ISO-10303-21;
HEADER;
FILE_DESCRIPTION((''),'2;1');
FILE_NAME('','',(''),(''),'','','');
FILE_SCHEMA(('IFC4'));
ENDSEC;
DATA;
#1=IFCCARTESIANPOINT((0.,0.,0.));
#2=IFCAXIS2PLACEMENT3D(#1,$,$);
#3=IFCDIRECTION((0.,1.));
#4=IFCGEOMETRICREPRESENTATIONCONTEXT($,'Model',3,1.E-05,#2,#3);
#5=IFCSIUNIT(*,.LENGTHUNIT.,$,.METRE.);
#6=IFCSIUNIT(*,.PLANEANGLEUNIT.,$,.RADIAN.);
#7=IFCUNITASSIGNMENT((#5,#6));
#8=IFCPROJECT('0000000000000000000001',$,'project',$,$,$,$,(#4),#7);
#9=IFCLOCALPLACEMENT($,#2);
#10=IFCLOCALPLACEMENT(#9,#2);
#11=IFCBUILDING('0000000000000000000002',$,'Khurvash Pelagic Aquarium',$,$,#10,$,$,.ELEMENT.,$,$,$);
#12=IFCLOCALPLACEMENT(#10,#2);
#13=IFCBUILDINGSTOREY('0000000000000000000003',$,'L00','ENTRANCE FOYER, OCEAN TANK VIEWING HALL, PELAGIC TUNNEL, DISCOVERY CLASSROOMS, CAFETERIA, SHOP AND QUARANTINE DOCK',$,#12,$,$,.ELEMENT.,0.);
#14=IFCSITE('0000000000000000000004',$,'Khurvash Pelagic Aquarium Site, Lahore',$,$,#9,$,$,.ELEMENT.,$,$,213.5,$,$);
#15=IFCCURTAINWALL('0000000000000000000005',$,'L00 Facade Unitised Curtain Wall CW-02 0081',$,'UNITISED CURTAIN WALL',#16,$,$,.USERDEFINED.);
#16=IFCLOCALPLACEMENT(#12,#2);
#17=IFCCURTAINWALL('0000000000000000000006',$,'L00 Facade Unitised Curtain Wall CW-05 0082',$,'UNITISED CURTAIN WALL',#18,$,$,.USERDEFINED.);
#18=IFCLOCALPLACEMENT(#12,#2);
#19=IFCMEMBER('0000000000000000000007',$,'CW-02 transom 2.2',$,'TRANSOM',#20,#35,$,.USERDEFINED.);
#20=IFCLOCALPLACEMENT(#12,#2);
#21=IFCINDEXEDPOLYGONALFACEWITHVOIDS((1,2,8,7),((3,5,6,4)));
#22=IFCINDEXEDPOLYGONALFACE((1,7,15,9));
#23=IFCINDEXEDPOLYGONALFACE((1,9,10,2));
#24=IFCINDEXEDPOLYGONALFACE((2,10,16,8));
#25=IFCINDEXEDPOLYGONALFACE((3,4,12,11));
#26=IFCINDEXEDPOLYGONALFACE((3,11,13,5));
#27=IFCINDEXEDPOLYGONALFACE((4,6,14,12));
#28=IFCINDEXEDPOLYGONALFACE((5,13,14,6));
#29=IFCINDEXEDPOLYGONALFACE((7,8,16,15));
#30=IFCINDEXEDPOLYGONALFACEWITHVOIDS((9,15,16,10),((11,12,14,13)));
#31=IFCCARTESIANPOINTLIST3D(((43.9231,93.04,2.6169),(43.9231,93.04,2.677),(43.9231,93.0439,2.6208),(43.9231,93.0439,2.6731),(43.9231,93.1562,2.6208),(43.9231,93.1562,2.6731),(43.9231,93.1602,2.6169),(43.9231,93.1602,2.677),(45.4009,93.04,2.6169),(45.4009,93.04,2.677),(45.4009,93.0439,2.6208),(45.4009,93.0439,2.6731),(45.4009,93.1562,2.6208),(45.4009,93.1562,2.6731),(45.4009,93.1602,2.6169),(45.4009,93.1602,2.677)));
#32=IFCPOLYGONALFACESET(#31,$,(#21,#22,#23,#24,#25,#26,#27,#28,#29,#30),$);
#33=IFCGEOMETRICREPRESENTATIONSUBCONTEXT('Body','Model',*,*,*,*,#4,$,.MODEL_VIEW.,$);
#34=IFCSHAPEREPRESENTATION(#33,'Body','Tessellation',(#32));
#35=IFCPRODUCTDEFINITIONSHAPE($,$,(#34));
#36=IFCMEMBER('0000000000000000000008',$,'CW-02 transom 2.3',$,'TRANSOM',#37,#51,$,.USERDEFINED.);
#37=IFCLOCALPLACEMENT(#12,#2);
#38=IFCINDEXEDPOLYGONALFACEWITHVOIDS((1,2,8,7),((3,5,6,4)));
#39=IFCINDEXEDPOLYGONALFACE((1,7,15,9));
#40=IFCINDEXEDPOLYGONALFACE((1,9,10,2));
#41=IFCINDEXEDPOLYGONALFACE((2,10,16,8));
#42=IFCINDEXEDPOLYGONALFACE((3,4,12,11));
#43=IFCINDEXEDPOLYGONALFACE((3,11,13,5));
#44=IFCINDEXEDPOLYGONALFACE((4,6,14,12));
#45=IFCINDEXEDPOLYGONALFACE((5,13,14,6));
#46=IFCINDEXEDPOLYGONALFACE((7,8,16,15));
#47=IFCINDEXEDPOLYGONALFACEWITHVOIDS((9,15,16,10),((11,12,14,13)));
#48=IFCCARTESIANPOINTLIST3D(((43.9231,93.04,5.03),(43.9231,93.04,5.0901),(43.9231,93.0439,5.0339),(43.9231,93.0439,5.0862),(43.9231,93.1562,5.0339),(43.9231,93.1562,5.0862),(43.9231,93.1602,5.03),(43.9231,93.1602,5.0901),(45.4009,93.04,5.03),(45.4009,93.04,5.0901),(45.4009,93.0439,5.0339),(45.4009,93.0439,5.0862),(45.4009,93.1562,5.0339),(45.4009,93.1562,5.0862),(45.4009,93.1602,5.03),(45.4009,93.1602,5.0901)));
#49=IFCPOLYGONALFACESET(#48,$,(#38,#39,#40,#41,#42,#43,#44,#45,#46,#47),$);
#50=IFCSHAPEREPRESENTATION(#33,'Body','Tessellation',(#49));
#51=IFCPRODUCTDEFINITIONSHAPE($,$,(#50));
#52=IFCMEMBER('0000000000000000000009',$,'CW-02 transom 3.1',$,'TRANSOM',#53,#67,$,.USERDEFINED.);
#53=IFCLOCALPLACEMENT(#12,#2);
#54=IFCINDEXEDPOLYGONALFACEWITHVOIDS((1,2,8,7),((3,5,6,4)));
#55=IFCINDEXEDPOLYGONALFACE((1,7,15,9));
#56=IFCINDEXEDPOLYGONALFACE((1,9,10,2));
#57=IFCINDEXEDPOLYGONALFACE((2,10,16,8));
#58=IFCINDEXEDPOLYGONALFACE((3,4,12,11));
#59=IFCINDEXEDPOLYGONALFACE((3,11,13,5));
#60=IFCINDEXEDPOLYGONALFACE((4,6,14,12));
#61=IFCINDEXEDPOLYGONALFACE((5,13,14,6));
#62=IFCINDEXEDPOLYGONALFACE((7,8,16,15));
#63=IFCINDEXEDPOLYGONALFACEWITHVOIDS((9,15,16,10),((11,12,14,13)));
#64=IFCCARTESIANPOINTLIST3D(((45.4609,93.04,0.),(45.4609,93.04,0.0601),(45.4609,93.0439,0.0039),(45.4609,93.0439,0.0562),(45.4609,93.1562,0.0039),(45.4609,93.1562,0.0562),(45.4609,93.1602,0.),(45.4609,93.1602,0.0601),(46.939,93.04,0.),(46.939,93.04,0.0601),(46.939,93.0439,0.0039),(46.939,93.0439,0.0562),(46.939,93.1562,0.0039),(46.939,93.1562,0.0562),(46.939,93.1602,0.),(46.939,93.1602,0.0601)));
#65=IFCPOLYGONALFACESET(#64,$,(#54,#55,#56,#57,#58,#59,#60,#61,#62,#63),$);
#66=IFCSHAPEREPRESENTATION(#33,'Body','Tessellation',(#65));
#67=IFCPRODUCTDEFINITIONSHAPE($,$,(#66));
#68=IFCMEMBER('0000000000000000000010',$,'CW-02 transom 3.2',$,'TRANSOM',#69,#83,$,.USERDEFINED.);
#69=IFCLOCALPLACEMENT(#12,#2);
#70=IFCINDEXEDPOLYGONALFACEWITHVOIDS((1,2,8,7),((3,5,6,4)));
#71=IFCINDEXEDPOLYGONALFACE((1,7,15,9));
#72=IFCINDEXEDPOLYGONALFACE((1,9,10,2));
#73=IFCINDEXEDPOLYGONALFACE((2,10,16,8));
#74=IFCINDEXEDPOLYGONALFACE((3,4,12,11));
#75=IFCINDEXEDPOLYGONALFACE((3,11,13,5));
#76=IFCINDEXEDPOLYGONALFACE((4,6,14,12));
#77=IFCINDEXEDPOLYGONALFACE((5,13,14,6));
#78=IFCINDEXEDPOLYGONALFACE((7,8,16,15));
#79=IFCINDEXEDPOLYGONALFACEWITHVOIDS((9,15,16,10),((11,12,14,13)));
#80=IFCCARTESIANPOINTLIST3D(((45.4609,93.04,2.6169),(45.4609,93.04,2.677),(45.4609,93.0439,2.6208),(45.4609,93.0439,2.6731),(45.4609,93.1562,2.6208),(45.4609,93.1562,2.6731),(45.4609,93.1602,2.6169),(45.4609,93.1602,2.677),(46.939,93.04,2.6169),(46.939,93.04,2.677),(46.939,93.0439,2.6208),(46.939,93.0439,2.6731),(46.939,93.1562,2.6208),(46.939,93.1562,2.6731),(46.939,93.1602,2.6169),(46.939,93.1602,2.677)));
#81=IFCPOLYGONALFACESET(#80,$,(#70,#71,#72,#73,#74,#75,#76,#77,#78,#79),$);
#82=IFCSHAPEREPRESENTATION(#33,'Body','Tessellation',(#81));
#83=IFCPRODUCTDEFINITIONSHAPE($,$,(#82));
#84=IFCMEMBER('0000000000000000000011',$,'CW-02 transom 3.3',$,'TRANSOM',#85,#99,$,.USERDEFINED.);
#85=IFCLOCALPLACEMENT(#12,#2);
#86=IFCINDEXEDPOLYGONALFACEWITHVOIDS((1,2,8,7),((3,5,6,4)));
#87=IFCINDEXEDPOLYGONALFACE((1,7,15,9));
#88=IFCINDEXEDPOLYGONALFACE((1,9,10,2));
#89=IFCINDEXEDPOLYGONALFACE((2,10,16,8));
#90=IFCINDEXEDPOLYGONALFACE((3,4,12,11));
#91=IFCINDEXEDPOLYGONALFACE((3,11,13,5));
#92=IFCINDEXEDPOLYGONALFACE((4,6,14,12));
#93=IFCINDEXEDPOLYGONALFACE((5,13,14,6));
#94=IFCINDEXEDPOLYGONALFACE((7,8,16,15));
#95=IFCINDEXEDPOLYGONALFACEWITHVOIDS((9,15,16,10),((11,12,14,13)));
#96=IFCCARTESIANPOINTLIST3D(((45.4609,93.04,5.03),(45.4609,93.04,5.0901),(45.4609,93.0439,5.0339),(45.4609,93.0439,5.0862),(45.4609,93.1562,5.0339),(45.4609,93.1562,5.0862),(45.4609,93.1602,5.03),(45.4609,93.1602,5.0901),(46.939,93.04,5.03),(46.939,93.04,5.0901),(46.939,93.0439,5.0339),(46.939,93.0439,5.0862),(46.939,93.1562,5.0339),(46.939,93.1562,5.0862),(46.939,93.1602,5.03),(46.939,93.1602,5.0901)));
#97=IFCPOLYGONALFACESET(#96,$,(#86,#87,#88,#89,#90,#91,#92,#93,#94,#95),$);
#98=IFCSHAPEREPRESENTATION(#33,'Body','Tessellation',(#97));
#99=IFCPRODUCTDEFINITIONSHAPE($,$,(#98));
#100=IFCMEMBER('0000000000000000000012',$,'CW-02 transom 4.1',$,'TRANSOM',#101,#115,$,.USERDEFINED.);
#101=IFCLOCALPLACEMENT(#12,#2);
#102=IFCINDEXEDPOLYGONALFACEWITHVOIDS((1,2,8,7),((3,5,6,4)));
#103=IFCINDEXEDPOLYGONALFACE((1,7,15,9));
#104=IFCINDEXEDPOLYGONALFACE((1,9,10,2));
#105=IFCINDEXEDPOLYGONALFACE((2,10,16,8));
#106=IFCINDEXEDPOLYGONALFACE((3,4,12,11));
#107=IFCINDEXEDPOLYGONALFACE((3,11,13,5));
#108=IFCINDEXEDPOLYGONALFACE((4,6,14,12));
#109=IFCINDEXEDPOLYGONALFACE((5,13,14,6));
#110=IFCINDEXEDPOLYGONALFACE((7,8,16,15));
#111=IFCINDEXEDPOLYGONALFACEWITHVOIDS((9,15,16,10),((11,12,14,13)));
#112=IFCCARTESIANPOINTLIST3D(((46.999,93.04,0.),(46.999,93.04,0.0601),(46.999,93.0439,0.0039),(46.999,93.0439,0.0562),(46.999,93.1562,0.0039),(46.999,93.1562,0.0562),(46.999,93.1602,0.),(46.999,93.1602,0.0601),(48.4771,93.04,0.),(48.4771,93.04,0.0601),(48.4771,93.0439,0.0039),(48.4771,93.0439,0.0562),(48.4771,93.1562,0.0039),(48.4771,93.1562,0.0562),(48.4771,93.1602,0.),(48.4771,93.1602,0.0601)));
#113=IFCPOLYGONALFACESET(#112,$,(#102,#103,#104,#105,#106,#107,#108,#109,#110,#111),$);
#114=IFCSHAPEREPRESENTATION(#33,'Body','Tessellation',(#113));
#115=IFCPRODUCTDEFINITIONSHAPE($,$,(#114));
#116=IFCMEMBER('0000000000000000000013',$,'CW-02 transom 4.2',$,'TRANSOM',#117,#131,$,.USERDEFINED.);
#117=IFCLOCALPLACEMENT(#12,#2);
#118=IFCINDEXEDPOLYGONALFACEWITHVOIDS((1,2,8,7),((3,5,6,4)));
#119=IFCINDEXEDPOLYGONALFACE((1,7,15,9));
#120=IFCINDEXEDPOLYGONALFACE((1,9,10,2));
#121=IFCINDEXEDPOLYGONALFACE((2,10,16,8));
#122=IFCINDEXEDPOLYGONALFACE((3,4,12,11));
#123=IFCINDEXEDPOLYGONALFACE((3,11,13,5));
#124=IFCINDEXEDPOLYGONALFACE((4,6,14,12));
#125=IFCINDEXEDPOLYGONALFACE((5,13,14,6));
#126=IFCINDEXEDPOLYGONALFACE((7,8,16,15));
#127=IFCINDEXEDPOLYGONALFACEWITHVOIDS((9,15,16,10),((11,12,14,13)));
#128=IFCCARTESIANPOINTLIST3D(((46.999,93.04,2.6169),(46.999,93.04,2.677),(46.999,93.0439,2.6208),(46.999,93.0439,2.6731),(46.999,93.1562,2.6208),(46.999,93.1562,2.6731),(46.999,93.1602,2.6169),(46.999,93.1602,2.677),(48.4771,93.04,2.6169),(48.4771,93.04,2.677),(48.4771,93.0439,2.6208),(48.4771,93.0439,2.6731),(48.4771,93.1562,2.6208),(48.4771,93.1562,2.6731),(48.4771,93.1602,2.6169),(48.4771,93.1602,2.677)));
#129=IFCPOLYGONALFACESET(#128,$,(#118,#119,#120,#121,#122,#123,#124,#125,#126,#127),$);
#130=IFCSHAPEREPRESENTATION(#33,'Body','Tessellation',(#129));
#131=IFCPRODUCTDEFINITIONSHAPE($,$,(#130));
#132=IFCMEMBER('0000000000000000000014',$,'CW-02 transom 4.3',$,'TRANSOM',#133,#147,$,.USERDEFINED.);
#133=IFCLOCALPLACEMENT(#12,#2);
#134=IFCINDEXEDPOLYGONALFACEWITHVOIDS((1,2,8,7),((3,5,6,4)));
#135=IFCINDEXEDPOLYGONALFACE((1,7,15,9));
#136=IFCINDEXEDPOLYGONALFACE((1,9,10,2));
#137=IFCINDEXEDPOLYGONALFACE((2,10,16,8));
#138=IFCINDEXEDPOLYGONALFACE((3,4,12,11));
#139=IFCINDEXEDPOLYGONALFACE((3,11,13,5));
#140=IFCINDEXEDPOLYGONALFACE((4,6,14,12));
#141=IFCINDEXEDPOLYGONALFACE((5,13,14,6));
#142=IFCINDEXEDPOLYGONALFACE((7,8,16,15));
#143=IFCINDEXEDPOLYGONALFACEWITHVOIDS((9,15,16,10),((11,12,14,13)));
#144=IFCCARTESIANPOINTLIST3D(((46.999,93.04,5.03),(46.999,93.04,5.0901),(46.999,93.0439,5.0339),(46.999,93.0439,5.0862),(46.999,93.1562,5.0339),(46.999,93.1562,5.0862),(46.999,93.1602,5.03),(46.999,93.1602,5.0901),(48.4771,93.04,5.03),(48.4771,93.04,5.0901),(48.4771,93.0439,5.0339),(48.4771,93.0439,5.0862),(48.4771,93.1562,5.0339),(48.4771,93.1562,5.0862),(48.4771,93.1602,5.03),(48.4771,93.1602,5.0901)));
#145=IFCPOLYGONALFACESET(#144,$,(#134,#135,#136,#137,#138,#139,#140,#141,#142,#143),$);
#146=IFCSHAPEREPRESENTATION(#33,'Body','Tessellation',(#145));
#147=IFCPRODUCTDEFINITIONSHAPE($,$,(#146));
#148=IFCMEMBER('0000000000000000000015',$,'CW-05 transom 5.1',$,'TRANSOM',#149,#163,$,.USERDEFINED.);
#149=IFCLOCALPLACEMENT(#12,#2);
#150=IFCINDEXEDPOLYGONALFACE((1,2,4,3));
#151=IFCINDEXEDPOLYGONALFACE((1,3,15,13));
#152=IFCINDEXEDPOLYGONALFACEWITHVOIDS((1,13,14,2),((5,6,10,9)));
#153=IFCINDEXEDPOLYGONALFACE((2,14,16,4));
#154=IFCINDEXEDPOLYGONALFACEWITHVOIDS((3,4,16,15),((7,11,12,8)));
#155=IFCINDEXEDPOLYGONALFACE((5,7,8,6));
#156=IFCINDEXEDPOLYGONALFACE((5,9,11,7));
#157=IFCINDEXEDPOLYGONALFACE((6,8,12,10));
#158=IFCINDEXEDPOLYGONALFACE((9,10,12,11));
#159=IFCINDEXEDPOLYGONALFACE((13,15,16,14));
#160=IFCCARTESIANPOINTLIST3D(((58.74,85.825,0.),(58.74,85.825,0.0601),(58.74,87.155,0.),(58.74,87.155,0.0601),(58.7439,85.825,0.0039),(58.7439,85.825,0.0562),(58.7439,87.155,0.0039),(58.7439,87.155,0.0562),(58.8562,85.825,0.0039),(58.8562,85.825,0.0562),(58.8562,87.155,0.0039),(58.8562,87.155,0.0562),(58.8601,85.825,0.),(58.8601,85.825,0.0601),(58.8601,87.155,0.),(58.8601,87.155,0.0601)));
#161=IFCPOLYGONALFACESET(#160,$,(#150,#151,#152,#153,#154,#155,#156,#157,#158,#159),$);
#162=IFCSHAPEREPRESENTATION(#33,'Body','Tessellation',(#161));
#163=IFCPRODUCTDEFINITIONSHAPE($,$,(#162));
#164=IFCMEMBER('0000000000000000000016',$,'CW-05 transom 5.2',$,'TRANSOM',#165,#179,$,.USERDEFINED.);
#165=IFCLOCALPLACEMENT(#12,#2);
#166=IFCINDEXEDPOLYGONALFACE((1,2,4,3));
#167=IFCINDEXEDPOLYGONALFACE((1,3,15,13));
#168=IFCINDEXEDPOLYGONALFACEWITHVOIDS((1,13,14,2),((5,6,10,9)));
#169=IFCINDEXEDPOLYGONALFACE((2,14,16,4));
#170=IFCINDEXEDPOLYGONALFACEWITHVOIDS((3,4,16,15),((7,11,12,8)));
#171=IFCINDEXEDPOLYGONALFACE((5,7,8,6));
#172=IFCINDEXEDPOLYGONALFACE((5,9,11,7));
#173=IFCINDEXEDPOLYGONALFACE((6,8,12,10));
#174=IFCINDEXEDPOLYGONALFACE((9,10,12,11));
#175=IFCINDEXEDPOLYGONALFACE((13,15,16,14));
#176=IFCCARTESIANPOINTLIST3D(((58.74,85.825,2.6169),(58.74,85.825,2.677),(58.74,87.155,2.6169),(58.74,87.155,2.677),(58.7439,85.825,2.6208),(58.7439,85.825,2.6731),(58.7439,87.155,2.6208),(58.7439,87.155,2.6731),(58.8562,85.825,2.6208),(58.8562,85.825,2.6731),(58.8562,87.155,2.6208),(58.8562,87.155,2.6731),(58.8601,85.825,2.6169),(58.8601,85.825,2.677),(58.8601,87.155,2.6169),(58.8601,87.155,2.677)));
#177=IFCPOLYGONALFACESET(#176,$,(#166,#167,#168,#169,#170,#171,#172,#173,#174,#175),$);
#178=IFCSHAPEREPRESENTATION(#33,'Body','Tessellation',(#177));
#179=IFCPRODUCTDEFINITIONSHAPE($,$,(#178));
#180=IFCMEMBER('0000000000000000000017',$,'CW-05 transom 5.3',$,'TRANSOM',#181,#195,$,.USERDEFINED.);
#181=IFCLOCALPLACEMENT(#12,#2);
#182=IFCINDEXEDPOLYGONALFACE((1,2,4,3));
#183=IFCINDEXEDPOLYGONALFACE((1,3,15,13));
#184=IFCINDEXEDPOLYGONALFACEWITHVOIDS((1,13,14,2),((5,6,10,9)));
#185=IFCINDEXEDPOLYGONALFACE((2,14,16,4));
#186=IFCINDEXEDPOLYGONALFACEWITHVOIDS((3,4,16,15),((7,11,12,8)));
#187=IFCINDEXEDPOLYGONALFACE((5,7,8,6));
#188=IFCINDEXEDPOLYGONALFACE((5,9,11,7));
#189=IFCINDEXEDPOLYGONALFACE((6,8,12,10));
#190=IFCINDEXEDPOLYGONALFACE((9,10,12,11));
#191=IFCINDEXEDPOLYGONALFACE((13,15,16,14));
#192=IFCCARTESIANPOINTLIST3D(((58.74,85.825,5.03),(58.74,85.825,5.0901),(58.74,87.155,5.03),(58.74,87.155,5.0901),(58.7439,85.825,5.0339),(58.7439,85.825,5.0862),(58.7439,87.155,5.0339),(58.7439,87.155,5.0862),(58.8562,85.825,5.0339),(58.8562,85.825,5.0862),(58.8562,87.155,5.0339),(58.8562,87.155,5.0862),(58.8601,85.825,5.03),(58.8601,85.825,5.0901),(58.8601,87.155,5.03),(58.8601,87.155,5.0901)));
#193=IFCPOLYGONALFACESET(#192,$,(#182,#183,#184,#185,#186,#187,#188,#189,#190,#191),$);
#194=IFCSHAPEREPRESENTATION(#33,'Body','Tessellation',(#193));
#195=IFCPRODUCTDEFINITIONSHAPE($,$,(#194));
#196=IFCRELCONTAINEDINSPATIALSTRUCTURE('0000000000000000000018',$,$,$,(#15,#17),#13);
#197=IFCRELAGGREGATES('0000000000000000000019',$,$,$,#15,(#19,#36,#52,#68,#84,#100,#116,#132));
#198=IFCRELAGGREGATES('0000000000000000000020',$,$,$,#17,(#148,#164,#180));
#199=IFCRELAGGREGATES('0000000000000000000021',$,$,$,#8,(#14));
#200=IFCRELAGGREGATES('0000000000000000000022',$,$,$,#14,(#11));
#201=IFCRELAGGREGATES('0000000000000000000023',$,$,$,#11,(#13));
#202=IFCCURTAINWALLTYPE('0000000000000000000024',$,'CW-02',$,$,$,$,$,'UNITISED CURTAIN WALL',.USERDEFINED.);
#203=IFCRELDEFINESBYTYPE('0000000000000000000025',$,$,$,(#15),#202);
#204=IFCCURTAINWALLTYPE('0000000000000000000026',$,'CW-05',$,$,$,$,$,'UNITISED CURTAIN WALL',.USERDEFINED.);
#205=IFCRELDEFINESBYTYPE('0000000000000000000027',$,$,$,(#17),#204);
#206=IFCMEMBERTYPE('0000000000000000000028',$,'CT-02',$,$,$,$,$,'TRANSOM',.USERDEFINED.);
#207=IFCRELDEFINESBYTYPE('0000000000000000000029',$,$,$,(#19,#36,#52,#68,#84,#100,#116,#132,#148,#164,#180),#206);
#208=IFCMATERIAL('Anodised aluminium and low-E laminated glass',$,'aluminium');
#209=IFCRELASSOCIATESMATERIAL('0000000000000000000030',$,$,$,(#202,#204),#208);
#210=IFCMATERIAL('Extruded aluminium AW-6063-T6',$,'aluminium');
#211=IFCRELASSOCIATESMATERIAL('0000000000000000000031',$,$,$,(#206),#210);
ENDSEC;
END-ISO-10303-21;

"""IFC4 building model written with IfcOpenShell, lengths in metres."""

from ifc_helpers import new_model, si_unit, direction, frame, origin, origin_2d, place, context, subcontext, project, spatial, hollow_rectangle, extrude, material, material_profile, profile_set, type_object, element, aggregate, save


model = new_model("IFC4")

# Units and contexts
model_context = context("Model", 3, precision=1e-05, world=origin(), true_north=direction((0.0, 1.0)))
body_context = subcontext(model_context, "Body", "Model", "MODEL_VIEW")
ifc_project = project(units=[si_unit("LENGTHUNIT", "METRE"), si_unit("PLANEANGLEUNIT", "RADIAN")], contexts=[model_context])

# Site, building, storey
site_placement = place(None, origin())
site = spatial("IfcSite", under=ifc_project, at=site_placement, Name="Khurvash Pelagic Aquarium Site, Lahore", CompositionType="ELEMENT", RefElevation=213.5)
building_placement = place(site_placement, origin())
building = spatial("IfcBuilding", under=site, at=building_placement, Name="Khurvash Pelagic Aquarium", CompositionType="ELEMENT")
storey_placement = place(building_placement, origin())
storey = spatial("IfcBuildingStorey", under=building, at=storey_placement, Name="L00", Description="ENTRANCE FOYER, OCEAN TANK VIEWING HALL, PELAGIC TUNNEL, DISCOVERY CLASSROOMS, CAFETERIA, SHOP AND QUARANTINE DOCK", CompositionType="ELEMENT", Elevation=0.0)

# Curtain walls
ifc_material_1 = material(Name="Anodised aluminium and low-E laminated glass", Category="aluminium")
curtain_wall_type_1 = type_object("IfcCurtainWallType", Name="CW-02", ElementType="UNITISED CURTAIN WALL", PredefinedType="USERDEFINED", material=ifc_material_1)
curtain_wall_1_placement = place(storey_placement, origin())
curtain_wall_1 = element("IfcCurtainWall", 1, at=curtain_wall_1_placement, inside=storey, type_object=curtain_wall_type_1, Name="L00 Facade Unitised Curtain Wall CW-02 0081", ObjectType="UNITISED CURTAIN WALL", PredefinedType="USERDEFINED")
ifc_material_2 = material(Name="Extruded aluminium AW-6063-T6", Category="aluminium")
curtain_wall_type_2 = type_object("IfcCurtainWallType", Name="CW-05", ElementType="UNITISED CURTAIN WALL", PredefinedType="USERDEFINED", material=ifc_material_1)
curtain_wall_2_placement = place(storey_placement, origin())
curtain_wall_2 = element("IfcCurtainWall", 2, at=curtain_wall_2_placement, inside=storey, type_object=curtain_wall_type_2, Name="L00 Facade Unitised Curtain Wall CW-05 0082", ObjectType="UNITISED CURTAIN WALL", PredefinedType="USERDEFINED")

# Members
ifc_material_profile_1 = material_profile(ifc_material_2, hollow_rectangle(XDim=0.1201, YDim=0.0601, WallThickness=0.0039, at=origin_2d()), Name="CWT120X60X4")
ifc_profile_set_1 = profile_set([ifc_material_profile_1], Name="Extruded aluminium AW-6063-T6")
member_type_1 = type_object("IfcMemberType", Name="CT-02", ElementType="TRANSOM", PredefinedType="USERDEFINED", material=ifc_profile_set_1)
member_1_placement = place(storey_placement, frame((43.9231, 93.1001, 2.647), z_axis=(1.0, 0.0, 0.0), x_axis=(0.0, 1.0, 0.0)))
member_1 = element("IfcMember", 3, at=member_1_placement, type_object=member_type_1, Name="CW-02 transom 2.2", ObjectType="TRANSOM", PredefinedType="USERDEFINED", context=body_context, shape_type="SweptSolid", body=[
    extrude(hollow_rectangle(XDim=0.1201, YDim=0.0601, WallThickness=0.0039, at=origin_2d()), origin(), (0.0, 0.0, 1.0), 1.4778),
])
member_2_placement = place(storey_placement, frame((43.9231, 93.1001, 5.0601), z_axis=(1.0, 0.0, 0.0), x_axis=(0.0, 1.0, 0.0)))
member_2 = element("IfcMember", 4, at=member_2_placement, type_object=member_type_1, Name="CW-02 transom 2.3", ObjectType="TRANSOM", PredefinedType="USERDEFINED", context=body_context, shape_type="SweptSolid", body=[
    extrude(hollow_rectangle(XDim=0.1201, YDim=0.0601, WallThickness=0.0039, at=origin_2d()), origin(), (0.0, 0.0, 1.0), 1.4778),
])
member_3_placement = place(storey_placement, frame((45.4609, 93.1001, 0.03), z_axis=(1.0, 0.0, 0.0), x_axis=(0.0, 1.0, 0.0)))
member_3 = element("IfcMember", 5, at=member_3_placement, type_object=member_type_1, Name="CW-02 transom 3.1", ObjectType="TRANSOM", PredefinedType="USERDEFINED", context=body_context, shape_type="SweptSolid", body=[
    extrude(hollow_rectangle(XDim=0.1201, YDim=0.0601, WallThickness=0.0039, at=origin_2d()), origin(), (0.0, 0.0, 1.0), 1.478),
])
member_4_placement = place(storey_placement, frame((45.4609, 93.1001, 2.647), z_axis=(1.0, 0.0, 0.0), x_axis=(0.0, 1.0, 0.0)))
member_4 = element("IfcMember", 6, at=member_4_placement, type_object=member_type_1, Name="CW-02 transom 3.2", ObjectType="TRANSOM", PredefinedType="USERDEFINED", context=body_context, shape_type="SweptSolid", body=[
    extrude(hollow_rectangle(XDim=0.1201, YDim=0.0601, WallThickness=0.0039, at=origin_2d()), origin(), (0.0, 0.0, 1.0), 1.478),
])
member_5_placement = place(storey_placement, frame((45.4609, 93.1001, 5.0601), z_axis=(1.0, 0.0, 0.0), x_axis=(0.0, 1.0, 0.0)))
member_5 = element("IfcMember", 7, at=member_5_placement, type_object=member_type_1, Name="CW-02 transom 3.3", ObjectType="TRANSOM", PredefinedType="USERDEFINED", context=body_context, shape_type="SweptSolid", body=[
    extrude(hollow_rectangle(XDim=0.1201, YDim=0.0601, WallThickness=0.0039, at=origin_2d()), origin(), (0.0, 0.0, 1.0), 1.478),
])
member_6_placement = place(storey_placement, frame((46.999, 93.1001, 0.03), z_axis=(1.0, 0.0, 0.0), x_axis=(0.0, 1.0, 0.0)))
member_6 = element("IfcMember", 8, at=member_6_placement, type_object=member_type_1, Name="CW-02 transom 4.1", ObjectType="TRANSOM", PredefinedType="USERDEFINED", context=body_context, shape_type="SweptSolid", body=[
    extrude(hollow_rectangle(XDim=0.1201, YDim=0.0601, WallThickness=0.0039, at=origin_2d()), origin(), (0.0, 0.0, 1.0), 1.478),
])
member_7_placement = place(storey_placement, frame((46.999, 93.1001, 2.647), z_axis=(1.0, 0.0, 0.0), x_axis=(0.0, 1.0, 0.0)))
member_7 = element("IfcMember", 9, at=member_7_placement, type_object=member_type_1, Name="CW-02 transom 4.2", ObjectType="TRANSOM", PredefinedType="USERDEFINED", context=body_context, shape_type="SweptSolid", body=[
    extrude(hollow_rectangle(XDim=0.1201, YDim=0.0601, WallThickness=0.0039, at=origin_2d()), origin(), (0.0, 0.0, 1.0), 1.478),
])
member_8_placement = place(storey_placement, frame((46.999, 93.1001, 5.0601), z_axis=(1.0, 0.0, 0.0), x_axis=(0.0, 1.0, 0.0)))
member_8 = element("IfcMember", 10, at=member_8_placement, type_object=member_type_1, Name="CW-02 transom 4.3", ObjectType="TRANSOM", PredefinedType="USERDEFINED", context=body_context, shape_type="SweptSolid", body=[
    extrude(hollow_rectangle(XDim=0.1201, YDim=0.0601, WallThickness=0.0039, at=origin_2d()), origin(), (0.0, 0.0, 1.0), 1.478),
])
member_9_placement = place(storey_placement, frame((58.8, 87.155, 0.03), z_axis=(0.0, -1.0, 0.0), x_axis=(1.0, 0.0, 0.0)))
member_9 = element("IfcMember", 11, at=member_9_placement, type_object=member_type_1, Name="CW-05 transom 5.1", ObjectType="TRANSOM", PredefinedType="USERDEFINED", context=body_context, shape_type="SweptSolid", body=[
    extrude(hollow_rectangle(XDim=0.1201, YDim=0.0601, WallThickness=0.0039, at=origin_2d()), origin(), (0.0, 0.0, 1.0), 1.3301),
])
member_10_placement = place(storey_placement, frame((58.8, 87.155, 2.647), z_axis=(0.0, -1.0, 0.0), x_axis=(1.0, 0.0, 0.0)))
member_10 = element("IfcMember", 12, at=member_10_placement, type_object=member_type_1, Name="CW-05 transom 5.2", ObjectType="TRANSOM", PredefinedType="USERDEFINED", context=body_context, shape_type="SweptSolid", body=[
    extrude(hollow_rectangle(XDim=0.1201, YDim=0.0601, WallThickness=0.0039, at=origin_2d()), origin(), (0.0, 0.0, 1.0), 1.3301),
])
member_11_placement = place(storey_placement, frame((58.8, 87.155, 5.0601), z_axis=(0.0, -1.0, 0.0), x_axis=(1.0, 0.0, 0.0)))
member_11 = element("IfcMember", 13, at=member_11_placement, type_object=member_type_1, Name="CW-05 transom 5.3", ObjectType="TRANSOM", PredefinedType="USERDEFINED", context=body_context, shape_type="SweptSolid", body=[
    extrude(hollow_rectangle(XDim=0.1201, YDim=0.0601, WallThickness=0.0039, at=origin_2d()), origin(), (0.0, 0.0, 1.0), 1.3301),
])

aggregate(curtain_wall_1, [member_1, member_2, member_3, member_4, member_5, member_6, member_7, member_8])
aggregate(curtain_wall_2, [member_9, member_10, member_11])

save(model, "model.ifc")
